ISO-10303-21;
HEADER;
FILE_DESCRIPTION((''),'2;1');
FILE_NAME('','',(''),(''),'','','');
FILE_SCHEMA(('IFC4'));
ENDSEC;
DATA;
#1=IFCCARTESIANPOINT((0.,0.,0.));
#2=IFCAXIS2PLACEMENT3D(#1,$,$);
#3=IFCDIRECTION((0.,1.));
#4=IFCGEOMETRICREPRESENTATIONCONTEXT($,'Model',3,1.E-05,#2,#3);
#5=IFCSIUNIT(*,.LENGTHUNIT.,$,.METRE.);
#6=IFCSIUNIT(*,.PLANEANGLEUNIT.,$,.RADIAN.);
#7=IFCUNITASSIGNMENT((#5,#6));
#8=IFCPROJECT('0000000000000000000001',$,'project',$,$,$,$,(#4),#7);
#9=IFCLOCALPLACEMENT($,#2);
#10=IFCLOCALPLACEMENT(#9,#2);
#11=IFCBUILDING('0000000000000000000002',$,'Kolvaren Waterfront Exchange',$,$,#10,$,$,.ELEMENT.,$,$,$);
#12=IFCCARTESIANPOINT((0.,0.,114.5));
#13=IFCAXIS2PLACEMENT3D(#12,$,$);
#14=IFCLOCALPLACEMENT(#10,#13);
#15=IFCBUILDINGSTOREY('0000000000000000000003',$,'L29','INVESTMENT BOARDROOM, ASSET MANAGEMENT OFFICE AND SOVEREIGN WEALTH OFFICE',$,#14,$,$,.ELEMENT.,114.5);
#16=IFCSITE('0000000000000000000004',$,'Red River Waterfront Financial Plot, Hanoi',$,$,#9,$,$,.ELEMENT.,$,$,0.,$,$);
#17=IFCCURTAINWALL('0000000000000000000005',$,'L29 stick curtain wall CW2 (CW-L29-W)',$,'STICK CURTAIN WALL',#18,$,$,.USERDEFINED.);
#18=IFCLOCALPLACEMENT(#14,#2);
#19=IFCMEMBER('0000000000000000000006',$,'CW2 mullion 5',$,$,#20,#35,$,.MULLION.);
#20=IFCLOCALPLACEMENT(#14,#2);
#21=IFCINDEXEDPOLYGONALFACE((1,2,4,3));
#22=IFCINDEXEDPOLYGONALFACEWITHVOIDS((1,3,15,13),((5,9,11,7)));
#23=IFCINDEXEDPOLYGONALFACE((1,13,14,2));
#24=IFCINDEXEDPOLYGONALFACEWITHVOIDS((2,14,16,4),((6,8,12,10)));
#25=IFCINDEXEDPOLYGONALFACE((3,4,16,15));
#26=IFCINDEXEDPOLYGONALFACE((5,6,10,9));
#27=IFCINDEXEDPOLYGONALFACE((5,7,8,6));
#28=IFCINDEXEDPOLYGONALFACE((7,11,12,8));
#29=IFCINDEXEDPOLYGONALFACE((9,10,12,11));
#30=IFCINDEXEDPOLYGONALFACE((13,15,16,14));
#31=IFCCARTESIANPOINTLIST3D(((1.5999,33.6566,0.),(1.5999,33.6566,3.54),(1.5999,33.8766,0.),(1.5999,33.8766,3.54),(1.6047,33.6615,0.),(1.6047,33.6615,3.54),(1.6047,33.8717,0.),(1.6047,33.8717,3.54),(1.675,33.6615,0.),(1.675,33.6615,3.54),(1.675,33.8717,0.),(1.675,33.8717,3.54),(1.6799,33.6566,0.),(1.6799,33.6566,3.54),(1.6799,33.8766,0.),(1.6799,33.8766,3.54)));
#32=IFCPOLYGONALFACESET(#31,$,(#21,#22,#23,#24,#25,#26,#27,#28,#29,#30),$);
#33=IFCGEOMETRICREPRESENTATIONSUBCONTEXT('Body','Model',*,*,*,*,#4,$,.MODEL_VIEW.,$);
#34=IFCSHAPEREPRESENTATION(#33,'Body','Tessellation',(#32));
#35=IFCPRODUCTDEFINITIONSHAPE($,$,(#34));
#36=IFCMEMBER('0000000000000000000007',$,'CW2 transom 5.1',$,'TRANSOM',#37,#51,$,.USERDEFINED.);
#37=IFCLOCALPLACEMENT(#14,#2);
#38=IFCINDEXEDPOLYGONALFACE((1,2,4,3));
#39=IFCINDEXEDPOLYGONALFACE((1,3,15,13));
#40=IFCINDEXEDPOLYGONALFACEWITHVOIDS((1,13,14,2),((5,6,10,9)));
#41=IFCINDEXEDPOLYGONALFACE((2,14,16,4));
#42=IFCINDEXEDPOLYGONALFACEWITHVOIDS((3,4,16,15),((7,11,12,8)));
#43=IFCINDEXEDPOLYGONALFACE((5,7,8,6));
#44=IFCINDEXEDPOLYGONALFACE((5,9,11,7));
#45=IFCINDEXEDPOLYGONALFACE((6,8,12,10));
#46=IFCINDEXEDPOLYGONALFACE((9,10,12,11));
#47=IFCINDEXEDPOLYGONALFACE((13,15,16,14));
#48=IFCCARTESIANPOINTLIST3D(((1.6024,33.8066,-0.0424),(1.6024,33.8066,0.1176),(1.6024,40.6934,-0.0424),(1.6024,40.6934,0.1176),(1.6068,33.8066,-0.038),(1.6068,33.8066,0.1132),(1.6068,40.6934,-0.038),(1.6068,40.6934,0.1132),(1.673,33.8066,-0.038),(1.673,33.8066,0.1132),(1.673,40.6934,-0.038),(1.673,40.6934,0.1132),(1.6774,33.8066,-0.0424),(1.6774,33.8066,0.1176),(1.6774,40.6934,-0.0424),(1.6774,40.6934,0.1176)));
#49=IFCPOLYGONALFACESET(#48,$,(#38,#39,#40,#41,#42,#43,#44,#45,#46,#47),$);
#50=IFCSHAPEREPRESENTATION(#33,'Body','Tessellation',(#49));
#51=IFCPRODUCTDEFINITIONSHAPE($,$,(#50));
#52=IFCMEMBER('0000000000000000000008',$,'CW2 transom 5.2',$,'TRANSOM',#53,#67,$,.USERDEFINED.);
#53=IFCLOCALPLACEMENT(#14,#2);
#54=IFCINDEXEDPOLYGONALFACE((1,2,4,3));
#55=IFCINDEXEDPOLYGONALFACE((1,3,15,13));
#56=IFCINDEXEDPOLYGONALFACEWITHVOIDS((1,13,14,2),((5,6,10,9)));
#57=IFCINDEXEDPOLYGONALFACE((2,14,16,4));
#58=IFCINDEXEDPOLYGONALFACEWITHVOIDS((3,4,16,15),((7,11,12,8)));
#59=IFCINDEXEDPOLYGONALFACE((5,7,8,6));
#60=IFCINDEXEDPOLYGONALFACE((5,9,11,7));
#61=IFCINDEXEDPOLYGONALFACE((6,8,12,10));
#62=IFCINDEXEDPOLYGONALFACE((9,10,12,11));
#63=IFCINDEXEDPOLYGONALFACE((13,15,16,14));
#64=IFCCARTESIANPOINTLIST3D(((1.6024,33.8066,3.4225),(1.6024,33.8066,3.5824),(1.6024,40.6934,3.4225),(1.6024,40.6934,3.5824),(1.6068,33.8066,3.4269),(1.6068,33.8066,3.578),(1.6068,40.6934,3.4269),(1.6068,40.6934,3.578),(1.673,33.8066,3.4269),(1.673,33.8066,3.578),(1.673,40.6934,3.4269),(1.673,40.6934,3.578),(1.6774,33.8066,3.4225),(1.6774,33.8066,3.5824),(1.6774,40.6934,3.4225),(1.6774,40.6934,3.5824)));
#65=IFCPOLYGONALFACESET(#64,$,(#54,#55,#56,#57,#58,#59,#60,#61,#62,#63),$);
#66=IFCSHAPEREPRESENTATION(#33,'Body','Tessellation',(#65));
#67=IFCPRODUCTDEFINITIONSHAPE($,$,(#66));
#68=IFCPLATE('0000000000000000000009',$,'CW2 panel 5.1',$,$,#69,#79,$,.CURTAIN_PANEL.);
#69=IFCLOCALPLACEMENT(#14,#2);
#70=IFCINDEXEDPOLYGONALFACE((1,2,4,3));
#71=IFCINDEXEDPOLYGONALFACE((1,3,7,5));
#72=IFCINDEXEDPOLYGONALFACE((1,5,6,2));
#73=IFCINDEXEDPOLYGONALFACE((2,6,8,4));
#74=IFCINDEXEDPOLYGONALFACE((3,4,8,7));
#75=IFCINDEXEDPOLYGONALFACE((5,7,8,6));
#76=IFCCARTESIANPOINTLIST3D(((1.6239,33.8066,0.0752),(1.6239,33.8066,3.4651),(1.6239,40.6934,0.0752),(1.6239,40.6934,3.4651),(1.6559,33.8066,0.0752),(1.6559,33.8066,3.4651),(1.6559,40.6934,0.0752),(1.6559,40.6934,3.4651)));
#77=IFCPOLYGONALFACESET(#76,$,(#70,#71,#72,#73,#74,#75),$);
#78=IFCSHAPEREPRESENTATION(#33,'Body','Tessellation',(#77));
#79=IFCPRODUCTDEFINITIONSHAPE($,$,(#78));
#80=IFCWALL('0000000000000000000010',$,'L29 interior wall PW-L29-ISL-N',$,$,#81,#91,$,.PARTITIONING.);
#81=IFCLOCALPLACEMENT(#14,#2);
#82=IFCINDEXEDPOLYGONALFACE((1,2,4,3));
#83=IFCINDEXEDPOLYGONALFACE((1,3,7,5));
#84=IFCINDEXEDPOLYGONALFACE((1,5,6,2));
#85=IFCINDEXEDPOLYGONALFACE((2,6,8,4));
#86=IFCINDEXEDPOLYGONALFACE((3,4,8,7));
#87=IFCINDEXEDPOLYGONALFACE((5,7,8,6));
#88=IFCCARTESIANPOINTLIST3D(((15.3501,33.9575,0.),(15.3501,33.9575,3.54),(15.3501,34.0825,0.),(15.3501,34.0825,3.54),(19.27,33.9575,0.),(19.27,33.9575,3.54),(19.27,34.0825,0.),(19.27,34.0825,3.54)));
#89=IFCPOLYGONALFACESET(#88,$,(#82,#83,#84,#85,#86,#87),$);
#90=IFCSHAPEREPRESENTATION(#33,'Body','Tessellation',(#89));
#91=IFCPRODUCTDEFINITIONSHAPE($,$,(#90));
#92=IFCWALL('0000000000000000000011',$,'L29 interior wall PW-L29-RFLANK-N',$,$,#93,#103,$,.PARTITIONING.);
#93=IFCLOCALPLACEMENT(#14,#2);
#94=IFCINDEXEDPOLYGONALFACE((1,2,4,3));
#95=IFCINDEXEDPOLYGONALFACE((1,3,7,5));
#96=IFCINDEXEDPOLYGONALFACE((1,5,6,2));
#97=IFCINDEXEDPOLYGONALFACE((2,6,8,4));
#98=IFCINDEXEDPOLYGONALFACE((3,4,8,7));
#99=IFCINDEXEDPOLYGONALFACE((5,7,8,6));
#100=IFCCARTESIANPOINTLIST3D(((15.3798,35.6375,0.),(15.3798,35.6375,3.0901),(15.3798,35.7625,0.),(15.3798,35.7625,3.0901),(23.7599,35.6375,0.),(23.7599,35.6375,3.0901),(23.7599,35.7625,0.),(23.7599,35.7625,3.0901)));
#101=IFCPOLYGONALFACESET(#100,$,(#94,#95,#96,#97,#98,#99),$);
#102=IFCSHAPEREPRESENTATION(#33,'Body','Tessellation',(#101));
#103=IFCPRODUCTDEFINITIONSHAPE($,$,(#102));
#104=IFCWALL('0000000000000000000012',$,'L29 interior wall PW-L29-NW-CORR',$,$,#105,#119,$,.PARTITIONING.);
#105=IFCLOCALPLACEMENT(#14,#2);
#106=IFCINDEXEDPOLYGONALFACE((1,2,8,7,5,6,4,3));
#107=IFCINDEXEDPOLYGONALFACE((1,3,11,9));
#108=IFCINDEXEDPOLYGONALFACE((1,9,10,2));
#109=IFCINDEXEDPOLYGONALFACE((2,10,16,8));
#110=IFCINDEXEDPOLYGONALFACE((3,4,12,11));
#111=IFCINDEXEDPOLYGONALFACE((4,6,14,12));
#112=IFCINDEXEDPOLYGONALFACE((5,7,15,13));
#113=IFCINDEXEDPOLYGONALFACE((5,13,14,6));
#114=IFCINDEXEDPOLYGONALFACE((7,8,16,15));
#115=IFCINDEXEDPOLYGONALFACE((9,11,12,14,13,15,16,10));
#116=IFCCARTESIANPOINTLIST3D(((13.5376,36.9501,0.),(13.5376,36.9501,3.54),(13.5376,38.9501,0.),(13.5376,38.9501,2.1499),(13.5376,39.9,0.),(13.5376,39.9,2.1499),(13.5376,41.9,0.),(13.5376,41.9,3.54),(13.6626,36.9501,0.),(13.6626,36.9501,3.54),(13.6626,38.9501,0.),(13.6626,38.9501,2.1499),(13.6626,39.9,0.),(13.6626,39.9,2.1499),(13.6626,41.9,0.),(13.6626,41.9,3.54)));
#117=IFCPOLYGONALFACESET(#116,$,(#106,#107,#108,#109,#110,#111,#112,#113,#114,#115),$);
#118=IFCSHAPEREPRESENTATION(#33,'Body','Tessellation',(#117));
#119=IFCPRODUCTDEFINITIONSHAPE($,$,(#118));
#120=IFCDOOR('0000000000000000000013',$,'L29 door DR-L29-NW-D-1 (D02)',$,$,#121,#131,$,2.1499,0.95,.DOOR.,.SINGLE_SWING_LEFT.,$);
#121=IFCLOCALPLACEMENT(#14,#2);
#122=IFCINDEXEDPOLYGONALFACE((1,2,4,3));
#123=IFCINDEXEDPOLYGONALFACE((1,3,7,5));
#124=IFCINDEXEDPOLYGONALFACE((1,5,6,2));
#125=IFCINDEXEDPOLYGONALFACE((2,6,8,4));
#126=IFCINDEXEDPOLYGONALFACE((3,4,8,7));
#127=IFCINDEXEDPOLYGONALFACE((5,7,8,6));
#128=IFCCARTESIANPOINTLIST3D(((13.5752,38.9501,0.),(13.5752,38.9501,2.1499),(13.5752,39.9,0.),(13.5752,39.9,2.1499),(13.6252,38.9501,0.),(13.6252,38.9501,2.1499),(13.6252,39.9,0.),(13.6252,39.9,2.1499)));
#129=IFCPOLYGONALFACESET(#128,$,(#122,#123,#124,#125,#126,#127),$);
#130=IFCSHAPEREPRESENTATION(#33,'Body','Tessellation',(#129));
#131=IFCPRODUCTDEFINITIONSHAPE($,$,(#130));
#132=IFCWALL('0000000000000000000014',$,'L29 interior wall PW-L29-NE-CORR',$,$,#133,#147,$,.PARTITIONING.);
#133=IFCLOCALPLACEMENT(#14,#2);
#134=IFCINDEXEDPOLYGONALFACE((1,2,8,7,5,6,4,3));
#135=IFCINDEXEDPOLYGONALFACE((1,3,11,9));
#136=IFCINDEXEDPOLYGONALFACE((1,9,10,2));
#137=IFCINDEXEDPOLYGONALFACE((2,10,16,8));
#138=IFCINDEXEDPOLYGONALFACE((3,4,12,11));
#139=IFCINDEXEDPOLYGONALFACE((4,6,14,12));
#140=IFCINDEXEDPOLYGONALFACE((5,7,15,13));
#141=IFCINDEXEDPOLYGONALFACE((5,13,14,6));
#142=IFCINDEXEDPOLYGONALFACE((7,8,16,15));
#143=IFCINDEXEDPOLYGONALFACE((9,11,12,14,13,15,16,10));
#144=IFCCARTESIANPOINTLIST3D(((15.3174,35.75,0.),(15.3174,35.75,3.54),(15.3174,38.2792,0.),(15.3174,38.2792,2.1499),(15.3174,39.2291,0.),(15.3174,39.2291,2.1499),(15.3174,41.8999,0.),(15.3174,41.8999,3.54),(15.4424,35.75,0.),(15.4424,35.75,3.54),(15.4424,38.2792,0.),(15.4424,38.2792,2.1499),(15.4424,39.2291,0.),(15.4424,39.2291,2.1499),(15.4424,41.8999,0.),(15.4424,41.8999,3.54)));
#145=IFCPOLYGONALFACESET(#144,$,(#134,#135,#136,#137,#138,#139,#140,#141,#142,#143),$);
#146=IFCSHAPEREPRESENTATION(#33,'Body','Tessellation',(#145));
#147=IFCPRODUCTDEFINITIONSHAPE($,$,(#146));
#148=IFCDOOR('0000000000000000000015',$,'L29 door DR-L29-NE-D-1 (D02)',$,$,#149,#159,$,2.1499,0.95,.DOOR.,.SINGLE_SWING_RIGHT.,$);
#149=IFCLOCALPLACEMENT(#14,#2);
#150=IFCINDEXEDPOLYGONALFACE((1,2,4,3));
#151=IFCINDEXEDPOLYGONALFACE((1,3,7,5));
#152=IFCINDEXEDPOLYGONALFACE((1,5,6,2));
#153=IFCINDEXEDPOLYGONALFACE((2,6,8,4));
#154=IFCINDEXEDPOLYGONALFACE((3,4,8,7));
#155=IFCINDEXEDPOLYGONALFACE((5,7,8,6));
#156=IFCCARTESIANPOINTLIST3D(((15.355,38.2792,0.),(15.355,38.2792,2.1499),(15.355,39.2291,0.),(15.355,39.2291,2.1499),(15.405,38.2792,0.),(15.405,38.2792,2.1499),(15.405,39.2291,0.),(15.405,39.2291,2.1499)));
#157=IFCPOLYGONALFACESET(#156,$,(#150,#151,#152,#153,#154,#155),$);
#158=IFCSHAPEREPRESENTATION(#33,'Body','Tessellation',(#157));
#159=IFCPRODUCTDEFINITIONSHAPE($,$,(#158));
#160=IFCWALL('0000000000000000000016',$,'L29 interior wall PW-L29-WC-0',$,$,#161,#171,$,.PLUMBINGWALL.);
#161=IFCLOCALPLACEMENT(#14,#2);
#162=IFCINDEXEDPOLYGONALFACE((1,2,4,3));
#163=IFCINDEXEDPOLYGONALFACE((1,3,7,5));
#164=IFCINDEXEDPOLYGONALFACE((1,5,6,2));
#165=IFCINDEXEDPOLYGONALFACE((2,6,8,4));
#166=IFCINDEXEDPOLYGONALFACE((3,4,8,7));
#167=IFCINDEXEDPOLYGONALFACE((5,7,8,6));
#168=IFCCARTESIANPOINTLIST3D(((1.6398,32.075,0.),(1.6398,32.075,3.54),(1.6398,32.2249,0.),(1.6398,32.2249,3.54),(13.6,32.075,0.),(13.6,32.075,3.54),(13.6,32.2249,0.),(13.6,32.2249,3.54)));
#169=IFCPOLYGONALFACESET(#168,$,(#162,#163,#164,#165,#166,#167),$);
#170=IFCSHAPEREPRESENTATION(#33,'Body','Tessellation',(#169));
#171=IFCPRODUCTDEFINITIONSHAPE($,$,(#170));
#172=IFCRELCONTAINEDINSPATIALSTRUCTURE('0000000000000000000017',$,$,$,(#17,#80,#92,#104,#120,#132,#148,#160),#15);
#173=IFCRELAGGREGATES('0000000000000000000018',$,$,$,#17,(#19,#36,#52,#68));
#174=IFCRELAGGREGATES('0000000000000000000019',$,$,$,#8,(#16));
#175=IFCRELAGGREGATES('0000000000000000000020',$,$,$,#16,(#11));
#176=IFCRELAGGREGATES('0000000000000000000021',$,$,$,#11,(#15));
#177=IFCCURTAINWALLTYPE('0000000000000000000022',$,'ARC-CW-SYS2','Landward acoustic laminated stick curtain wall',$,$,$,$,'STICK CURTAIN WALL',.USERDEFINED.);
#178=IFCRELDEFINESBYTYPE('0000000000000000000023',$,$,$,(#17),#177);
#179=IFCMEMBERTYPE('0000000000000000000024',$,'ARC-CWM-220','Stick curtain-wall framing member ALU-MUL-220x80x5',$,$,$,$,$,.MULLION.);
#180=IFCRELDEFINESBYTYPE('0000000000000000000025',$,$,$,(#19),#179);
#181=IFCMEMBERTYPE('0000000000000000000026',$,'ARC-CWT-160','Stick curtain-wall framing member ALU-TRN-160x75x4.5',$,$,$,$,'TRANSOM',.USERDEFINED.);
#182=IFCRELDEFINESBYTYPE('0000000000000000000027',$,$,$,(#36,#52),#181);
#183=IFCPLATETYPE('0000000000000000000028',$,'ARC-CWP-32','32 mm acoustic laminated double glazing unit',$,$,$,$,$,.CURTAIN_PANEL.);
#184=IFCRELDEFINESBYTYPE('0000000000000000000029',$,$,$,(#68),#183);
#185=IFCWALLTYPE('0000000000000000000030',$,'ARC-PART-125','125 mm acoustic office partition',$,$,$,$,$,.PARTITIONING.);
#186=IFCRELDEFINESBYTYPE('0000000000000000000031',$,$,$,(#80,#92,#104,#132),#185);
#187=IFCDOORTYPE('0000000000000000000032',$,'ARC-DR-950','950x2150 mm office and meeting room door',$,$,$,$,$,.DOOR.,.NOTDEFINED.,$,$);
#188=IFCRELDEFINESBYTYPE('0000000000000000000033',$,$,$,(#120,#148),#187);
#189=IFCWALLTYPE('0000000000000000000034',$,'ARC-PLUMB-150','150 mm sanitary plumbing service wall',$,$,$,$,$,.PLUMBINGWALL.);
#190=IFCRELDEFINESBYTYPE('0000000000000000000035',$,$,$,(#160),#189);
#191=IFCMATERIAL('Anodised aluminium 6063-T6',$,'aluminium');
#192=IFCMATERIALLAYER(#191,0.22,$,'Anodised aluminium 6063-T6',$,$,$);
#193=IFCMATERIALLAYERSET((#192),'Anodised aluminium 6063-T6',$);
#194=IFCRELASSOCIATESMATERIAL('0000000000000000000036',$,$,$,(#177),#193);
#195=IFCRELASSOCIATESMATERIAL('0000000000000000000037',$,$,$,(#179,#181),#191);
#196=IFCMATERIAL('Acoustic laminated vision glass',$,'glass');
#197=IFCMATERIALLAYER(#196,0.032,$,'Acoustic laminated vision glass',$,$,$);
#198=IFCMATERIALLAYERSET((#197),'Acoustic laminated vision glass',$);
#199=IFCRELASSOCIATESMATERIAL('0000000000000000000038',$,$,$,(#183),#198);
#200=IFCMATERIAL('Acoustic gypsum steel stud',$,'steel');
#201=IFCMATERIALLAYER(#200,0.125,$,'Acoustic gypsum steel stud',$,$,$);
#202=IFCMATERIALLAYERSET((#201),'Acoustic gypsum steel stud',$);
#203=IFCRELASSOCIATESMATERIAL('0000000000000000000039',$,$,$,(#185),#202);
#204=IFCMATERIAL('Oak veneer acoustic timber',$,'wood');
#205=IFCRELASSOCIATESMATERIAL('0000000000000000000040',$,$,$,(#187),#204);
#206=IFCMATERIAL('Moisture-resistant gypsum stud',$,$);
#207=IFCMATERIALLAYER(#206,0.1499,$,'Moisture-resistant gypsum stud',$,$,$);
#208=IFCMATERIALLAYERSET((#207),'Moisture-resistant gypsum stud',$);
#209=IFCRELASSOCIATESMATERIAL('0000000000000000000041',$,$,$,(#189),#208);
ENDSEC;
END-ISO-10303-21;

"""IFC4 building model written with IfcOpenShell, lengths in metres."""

from ifc_helpers import new_model, si_unit, direction, frame, frame_2d, origin, origin_with_axes, origin_2d, place, context, subcontext, project, spatial, rectangle, hollow_rectangle, extrude, source, transform, mapped, material, layer, layer_set, material_profile, profile_set, type_object, element, fill, aggregate, save


model = new_model("IFC4")

# Units and contexts
model_context = context("Model", 3, precision=1e-05, world=origin(), true_north=direction((0.0, 1.0)))
body_context = subcontext(model_context, "Body", "Model", "MODEL_VIEW")
ifc_project = project(units=[si_unit("LENGTHUNIT", "METRE"), si_unit("PLANEANGLEUNIT", "RADIAN")], contexts=[model_context])

# Site, building, storey
site_placement = place(None, origin())
site = spatial("IfcSite", under=ifc_project, at=site_placement, Name="Red River Waterfront Financial Plot, Hanoi", CompositionType="ELEMENT", RefElevation=0.0)
building_placement = place(site_placement, origin())
building = spatial("IfcBuilding", under=site, at=building_placement, Name="Kolvaren Waterfront Exchange", CompositionType="ELEMENT")
storey_placement = place(building_placement, frame((0.0, 0.0, 114.5)))
storey = spatial("IfcBuildingStorey", under=building, at=storey_placement, Name="L29", Description="INVESTMENT BOARDROOM, ASSET MANAGEMENT OFFICE AND SOVEREIGN WEALTH OFFICE", CompositionType="ELEMENT", Elevation=114.5)

# Curtain wall, members, plate
ifc_material_1 = material(Name="Anodised aluminium 6063-T6", Category="aluminium")
ifc_layer_1 = layer(ifc_material_1, 0.22, Name="Anodised aluminium 6063-T6")
ifc_layer_set_1 = layer_set([ifc_layer_1], Name="Anodised aluminium 6063-T6")
curtain_wall_type = type_object("IfcCurtainWallType", Name="ARC-CW-SYS2", Description="Landward acoustic laminated stick curtain wall", ElementType="STICK CURTAIN WALL", PredefinedType="USERDEFINED", material=ifc_layer_set_1)
curtain_wall_placement = place(storey_placement, origin())
curtain_wall = element("IfcCurtainWall", 1, at=curtain_wall_placement, inside=storey, type_object=curtain_wall_type, Name="L29 stick curtain wall CW2 (CW-L29-W)", ObjectType="STICK CURTAIN WALL", PredefinedType="USERDEFINED")
ifc_material_profile_1 = material_profile(ifc_material_1, hollow_rectangle(XDim=0.0801, YDim=0.22, WallThickness=0.0049, at=origin_2d()), Name="ALU-MUL-220x80x5")
ifc_profile_set_1 = profile_set([ifc_material_profile_1], Name="Anodised aluminium 6063-T6")
member_type_1 = type_object("IfcMemberType", Name="ARC-CWM-220", Description="Stick curtain-wall framing member ALU-MUL-220x80x5", PredefinedType="MULLION", material=ifc_profile_set_1)
shared_shape_1 = source(origin_with_axes(), body_context, "Body", "SweptSolid", [
    extrude(hollow_rectangle(XDim=0.0801, YDim=0.22, WallThickness=0.0049, at=origin_2d()), origin(), (0.0, 0.0, 1.0), 3.54),
])
member_1_placement = place(storey_placement, frame((1.6399, 33.7666, 0.0), z_axis=(0.0, 0.0, 1.0), x_axis=(-1.0, 0.0, 0.0)))
member_1 = element("IfcMember", 2, at=member_1_placement, type_object=member_type_1, Name="CW2 mullion 5", PredefinedType="MULLION", context=body_context, shape_type="MappedRepresentation", body=[
    mapped(shared_shape_1, transform((0.0, 0.0, 0.0), x_axis=(1.0, 0.0, 0.0), y_axis=(0.0, 1.0, 0.0), z_axis=(0.0, 0.0, 1.0), scale=1.0)),
])
ifc_material_profile_2 = material_profile(ifc_material_1, hollow_rectangle(XDim=0.075, YDim=0.1599, WallThickness=0.0044, at=origin_2d()), Name="ALU-TRN-160x75x4.5")
ifc_profile_set_2 = profile_set([ifc_material_profile_2], Name="Anodised aluminium 6063-T6")
member_type_2 = type_object("IfcMemberType", Name="ARC-CWT-160", Description="Stick curtain-wall framing member ALU-TRN-160x75x4.5", ElementType="TRANSOM", PredefinedType="USERDEFINED", material=ifc_profile_set_2)
shared_shape_2 = source(origin_with_axes(), body_context, "Body", "SweptSolid", [
    extrude(hollow_rectangle(XDim=0.075, YDim=0.1599, WallThickness=0.0044, at=origin_2d()), origin(), (0.0, 0.0, 1.0), 6.8867),
])
member_2_placement = place(storey_placement, frame((1.6399, 33.8066, 0.0376), z_axis=(0.0, 1.0, 0.0), x_axis=(-1.0, 0.0, 0.0)))
member_2 = element("IfcMember", 3, at=member_2_placement, type_object=member_type_2, Name="CW2 transom 5.1", ObjectType="TRANSOM", PredefinedType="USERDEFINED", context=body_context, shape_type="MappedRepresentation", body=[
    mapped(shared_shape_2, transform((0.0, 0.0, 0.0), x_axis=(1.0, 0.0, 0.0), y_axis=(0.0, 1.0, 0.0), z_axis=(0.0, 0.0, 1.0), scale=1.0)),
])
member_3_placement = place(storey_placement, frame((1.6399, 33.8066, 3.5024), z_axis=(0.0, 1.0, 0.0), x_axis=(-1.0, 0.0, 0.0)))
member_3 = element("IfcMember", 4, at=member_3_placement, type_object=member_type_2, Name="CW2 transom 5.2", ObjectType="TRANSOM", PredefinedType="USERDEFINED", context=body_context, shape_type="MappedRepresentation", body=[
    mapped(shared_shape_2, transform((0.0, 0.0, 0.0), x_axis=(1.0, 0.0, 0.0), y_axis=(0.0, 1.0, 0.0), z_axis=(0.0, 0.0, 1.0), scale=1.0)),
])
ifc_material_2 = material(Name="Acoustic laminated vision glass", Category="glass")
ifc_layer_2 = layer(ifc_material_2, 0.032, Name="Acoustic laminated vision glass")
ifc_layer_set_2 = layer_set([ifc_layer_2], Name="Acoustic laminated vision glass")
plate_type = type_object("IfcPlateType", Name="ARC-CWP-32", Description="32 mm acoustic laminated double glazing unit", PredefinedType="CURTAIN_PANEL", material=ifc_layer_set_2)
shared_shape_3 = source(origin_with_axes(), body_context, "Body", "SweptSolid", [
    extrude(rectangle(XDim=6.8867, YDim=0.032, at=origin_2d()), origin(), (0.0, 0.0, 1.0), 3.3899),
])
plate_placement = place(storey_placement, frame((1.6399, 37.25, 0.0752), z_axis=(0.0, 0.0, 1.0), x_axis=(0.0, 1.0, 0.0)))
plate = element("IfcPlate", 5, at=plate_placement, type_object=plate_type, Name="CW2 panel 5.1", PredefinedType="CURTAIN_PANEL", context=body_context, shape_type="MappedRepresentation", body=[
    mapped(shared_shape_3, transform((0.0, 0.0, 0.0), x_axis=(1.0, 0.0, 0.0), y_axis=(0.0, 1.0, 0.0), z_axis=(0.0, 0.0, 1.0), scale=1.0)),
])
aggregate(curtain_wall, [member_1, member_2, member_3, plate])

# Walls
ifc_material_3 = material(Name="Acoustic gypsum steel stud", Category="steel")
ifc_layer_3 = layer(ifc_material_3, 0.125, Name="Acoustic gypsum steel stud")
ifc_layer_set_3 = layer_set([ifc_layer_3], Name="Acoustic gypsum steel stud")
wall_type_1 = type_object("IfcWallType", Name="ARC-PART-125", Description="125 mm acoustic office partition", PredefinedType="PARTITIONING", material=ifc_layer_set_3)
wall_1_placement = place(storey_placement, frame((15.3501, 34.02, 0.0), z_axis=(0.0, 0.0, 1.0), x_axis=(1.0, 0.0, 0.0)))
element("IfcWall", 6, at=wall_1_placement, inside=storey, type_object=wall_type_1, Name="L29 interior wall PW-L29-ISL-N", PredefinedType="PARTITIONING", context=body_context, shape_type="SweptSolid", body=[
    extrude(rectangle(XDim=3.9199, YDim=0.125, at=frame_2d((1.96, 0.0))), origin(), (0.0, 0.0, 1.0), 3.54),
])
wall_2_placement = place(storey_placement, frame((15.3799, 35.7, 0.0), z_axis=(0.0, 0.0, 1.0), x_axis=(1.0, 0.0, 0.0)))
element("IfcWall", 7, at=wall_2_placement, inside=storey, type_object=wall_type_1, Name="L29 interior wall PW-L29-RFLANK-N", PredefinedType="PARTITIONING", context=body_context, shape_type="SweptSolid", body=[
    extrude(rectangle(XDim=8.3801, YDim=0.125, at=frame_2d((4.1899, 0.0))), origin(), (0.0, 0.0, 1.0), 3.0901),
])

# Walls, openings, doors
wall_3_placement = place(storey_placement, frame((13.6001, 36.95, 0.0), z_axis=(0.0, 0.0, 1.0), x_axis=(0.0, 1.0, 0.0)))
wall_3 = element("IfcWall", 8, at=wall_3_placement, inside=storey, type_object=wall_type_1, Name="L29 interior wall PW-L29-NW-CORR", PredefinedType="PARTITIONING", context=body_context, shape_type="SweptSolid", body=[
    extrude(rectangle(XDim=4.95, YDim=0.125, at=frame_2d((2.4751, 0.0))), origin(), (0.0, 0.0, 1.0), 3.54),
])
opening_1_placement = place(wall_3_placement, frame((2.0, 0.0, 0.0)))
opening_1 = element("IfcOpeningElement", 9, at=opening_1_placement, cuts=wall_3, PredefinedType="OPENING", context=body_context, shape_type="SweptSolid", body=[
    extrude(rectangle(XDim=0.95, YDim=2.1499, at=frame_2d((0.4751, 1.075))), frame((0.0, 0.0725, 0.0), z_axis=(0.0, -1.0, 0.0), x_axis=(1.0, 0.0, 0.0)), (0.0, 0.0, 1.0), 0.145),
])
ifc_material_4 = material(Name="Oak veneer acoustic timber", Category="wood")
door_type_1 = type_object("IfcDoorType", Name="ARC-DR-950", Description="950x2150 mm office and meeting room door", OperationType="NOTDEFINED", PredefinedType="DOOR", material=ifc_material_4)
door_1_placement = place(opening_1_placement, origin())
door_1 = element("IfcDoor", 10, at=door_1_placement, inside=storey, type_object=door_type_1, Name="L29 door DR-L29-NW-D-1 (D02)", OperationType="SINGLE_SWING_LEFT", OverallHeight=2.1499, OverallWidth=0.95, PredefinedType="DOOR", context=body_context, shape_type="SweptSolid", body=[
    extrude(rectangle(XDim=0.95, YDim=2.1499, at=frame_2d((0.4751, 1.075))), frame((0.0, 0.0249, 0.0), z_axis=(0.0, -1.0, 0.0), x_axis=(1.0, 0.0, 0.0)), (0.0, 0.0, 1.0), 0.05),
])
fill(opening_1, door_1)
wall_4_placement = place(storey_placement, frame((15.3799, 35.75, 0.0), z_axis=(0.0, 0.0, 1.0), x_axis=(0.0, 1.0, 0.0)))
wall_4 = element("IfcWall", 11, at=wall_4_placement, inside=storey, type_object=wall_type_1, Name="L29 interior wall PW-L29-NE-CORR", PredefinedType="PARTITIONING", context=body_context, shape_type="SweptSolid", body=[
    extrude(rectangle(XDim=6.1499, YDim=0.125, at=frame_2d((3.075, 0.0))), origin(), (0.0, 0.0, 1.0), 3.54),
])
opening_2_placement = place(wall_4_placement, frame((2.5291, 0.0, 0.0)))
opening_2 = element("IfcOpeningElement", 12, at=opening_2_placement, cuts=wall_4, PredefinedType="OPENING", context=body_context, shape_type="SweptSolid", body=[
    extrude(rectangle(XDim=0.95, YDim=2.1499, at=frame_2d((0.4751, 1.075))), frame((0.0, 0.0725, 0.0), z_axis=(0.0, -1.0, 0.0), x_axis=(1.0, 0.0, 0.0)), (0.0, 0.0, 1.0), 0.145),
])
door_2_placement = place(opening_2_placement, origin())
door_2 = element("IfcDoor", 13, at=door_2_placement, inside=storey, type_object=door_type_1, Name="L29 door DR-L29-NE-D-1 (D02)", OperationType="SINGLE_SWING_RIGHT", OverallHeight=2.1499, OverallWidth=0.95, PredefinedType="DOOR", context=body_context, shape_type="SweptSolid", body=[
    extrude(rectangle(XDim=0.95, YDim=2.1499, at=frame_2d((0.4751, 1.075))), frame((0.0, 0.0249, 0.0), z_axis=(0.0, -1.0, 0.0), x_axis=(1.0, 0.0, 0.0)), (0.0, 0.0, 1.0), 0.05),
])
fill(opening_2, door_2)

# Wall
ifc_material_5 = material(Name="Moisture-resistant gypsum stud")
ifc_layer_4 = layer(ifc_material_5, 0.1499, Name="Moisture-resistant gypsum stud")
ifc_layer_set_4 = layer_set([ifc_layer_4], Name="Moisture-resistant gypsum stud")
wall_type_2 = type_object("IfcWallType", Name="ARC-PLUMB-150", Description="150 mm sanitary plumbing service wall", PredefinedType="PLUMBINGWALL", material=ifc_layer_set_4)
wall_5_placement = place(storey_placement, frame((1.6399, 32.1499, 0.0), z_axis=(0.0, 0.0, 1.0), x_axis=(1.0, 0.0, 0.0)))
element("IfcWall", 14, at=wall_5_placement, inside=storey, type_object=wall_type_2, Name="L29 interior wall PW-L29-WC-0", PredefinedType="PLUMBINGWALL", context=body_context, shape_type="SweptSolid", body=[
    extrude(rectangle(XDim=11.9602, YDim=0.1499, at=frame_2d((5.98, 0.0))), origin(), (0.0, 0.0, 1.0), 3.54),
])

save(model, "model.ifc")
